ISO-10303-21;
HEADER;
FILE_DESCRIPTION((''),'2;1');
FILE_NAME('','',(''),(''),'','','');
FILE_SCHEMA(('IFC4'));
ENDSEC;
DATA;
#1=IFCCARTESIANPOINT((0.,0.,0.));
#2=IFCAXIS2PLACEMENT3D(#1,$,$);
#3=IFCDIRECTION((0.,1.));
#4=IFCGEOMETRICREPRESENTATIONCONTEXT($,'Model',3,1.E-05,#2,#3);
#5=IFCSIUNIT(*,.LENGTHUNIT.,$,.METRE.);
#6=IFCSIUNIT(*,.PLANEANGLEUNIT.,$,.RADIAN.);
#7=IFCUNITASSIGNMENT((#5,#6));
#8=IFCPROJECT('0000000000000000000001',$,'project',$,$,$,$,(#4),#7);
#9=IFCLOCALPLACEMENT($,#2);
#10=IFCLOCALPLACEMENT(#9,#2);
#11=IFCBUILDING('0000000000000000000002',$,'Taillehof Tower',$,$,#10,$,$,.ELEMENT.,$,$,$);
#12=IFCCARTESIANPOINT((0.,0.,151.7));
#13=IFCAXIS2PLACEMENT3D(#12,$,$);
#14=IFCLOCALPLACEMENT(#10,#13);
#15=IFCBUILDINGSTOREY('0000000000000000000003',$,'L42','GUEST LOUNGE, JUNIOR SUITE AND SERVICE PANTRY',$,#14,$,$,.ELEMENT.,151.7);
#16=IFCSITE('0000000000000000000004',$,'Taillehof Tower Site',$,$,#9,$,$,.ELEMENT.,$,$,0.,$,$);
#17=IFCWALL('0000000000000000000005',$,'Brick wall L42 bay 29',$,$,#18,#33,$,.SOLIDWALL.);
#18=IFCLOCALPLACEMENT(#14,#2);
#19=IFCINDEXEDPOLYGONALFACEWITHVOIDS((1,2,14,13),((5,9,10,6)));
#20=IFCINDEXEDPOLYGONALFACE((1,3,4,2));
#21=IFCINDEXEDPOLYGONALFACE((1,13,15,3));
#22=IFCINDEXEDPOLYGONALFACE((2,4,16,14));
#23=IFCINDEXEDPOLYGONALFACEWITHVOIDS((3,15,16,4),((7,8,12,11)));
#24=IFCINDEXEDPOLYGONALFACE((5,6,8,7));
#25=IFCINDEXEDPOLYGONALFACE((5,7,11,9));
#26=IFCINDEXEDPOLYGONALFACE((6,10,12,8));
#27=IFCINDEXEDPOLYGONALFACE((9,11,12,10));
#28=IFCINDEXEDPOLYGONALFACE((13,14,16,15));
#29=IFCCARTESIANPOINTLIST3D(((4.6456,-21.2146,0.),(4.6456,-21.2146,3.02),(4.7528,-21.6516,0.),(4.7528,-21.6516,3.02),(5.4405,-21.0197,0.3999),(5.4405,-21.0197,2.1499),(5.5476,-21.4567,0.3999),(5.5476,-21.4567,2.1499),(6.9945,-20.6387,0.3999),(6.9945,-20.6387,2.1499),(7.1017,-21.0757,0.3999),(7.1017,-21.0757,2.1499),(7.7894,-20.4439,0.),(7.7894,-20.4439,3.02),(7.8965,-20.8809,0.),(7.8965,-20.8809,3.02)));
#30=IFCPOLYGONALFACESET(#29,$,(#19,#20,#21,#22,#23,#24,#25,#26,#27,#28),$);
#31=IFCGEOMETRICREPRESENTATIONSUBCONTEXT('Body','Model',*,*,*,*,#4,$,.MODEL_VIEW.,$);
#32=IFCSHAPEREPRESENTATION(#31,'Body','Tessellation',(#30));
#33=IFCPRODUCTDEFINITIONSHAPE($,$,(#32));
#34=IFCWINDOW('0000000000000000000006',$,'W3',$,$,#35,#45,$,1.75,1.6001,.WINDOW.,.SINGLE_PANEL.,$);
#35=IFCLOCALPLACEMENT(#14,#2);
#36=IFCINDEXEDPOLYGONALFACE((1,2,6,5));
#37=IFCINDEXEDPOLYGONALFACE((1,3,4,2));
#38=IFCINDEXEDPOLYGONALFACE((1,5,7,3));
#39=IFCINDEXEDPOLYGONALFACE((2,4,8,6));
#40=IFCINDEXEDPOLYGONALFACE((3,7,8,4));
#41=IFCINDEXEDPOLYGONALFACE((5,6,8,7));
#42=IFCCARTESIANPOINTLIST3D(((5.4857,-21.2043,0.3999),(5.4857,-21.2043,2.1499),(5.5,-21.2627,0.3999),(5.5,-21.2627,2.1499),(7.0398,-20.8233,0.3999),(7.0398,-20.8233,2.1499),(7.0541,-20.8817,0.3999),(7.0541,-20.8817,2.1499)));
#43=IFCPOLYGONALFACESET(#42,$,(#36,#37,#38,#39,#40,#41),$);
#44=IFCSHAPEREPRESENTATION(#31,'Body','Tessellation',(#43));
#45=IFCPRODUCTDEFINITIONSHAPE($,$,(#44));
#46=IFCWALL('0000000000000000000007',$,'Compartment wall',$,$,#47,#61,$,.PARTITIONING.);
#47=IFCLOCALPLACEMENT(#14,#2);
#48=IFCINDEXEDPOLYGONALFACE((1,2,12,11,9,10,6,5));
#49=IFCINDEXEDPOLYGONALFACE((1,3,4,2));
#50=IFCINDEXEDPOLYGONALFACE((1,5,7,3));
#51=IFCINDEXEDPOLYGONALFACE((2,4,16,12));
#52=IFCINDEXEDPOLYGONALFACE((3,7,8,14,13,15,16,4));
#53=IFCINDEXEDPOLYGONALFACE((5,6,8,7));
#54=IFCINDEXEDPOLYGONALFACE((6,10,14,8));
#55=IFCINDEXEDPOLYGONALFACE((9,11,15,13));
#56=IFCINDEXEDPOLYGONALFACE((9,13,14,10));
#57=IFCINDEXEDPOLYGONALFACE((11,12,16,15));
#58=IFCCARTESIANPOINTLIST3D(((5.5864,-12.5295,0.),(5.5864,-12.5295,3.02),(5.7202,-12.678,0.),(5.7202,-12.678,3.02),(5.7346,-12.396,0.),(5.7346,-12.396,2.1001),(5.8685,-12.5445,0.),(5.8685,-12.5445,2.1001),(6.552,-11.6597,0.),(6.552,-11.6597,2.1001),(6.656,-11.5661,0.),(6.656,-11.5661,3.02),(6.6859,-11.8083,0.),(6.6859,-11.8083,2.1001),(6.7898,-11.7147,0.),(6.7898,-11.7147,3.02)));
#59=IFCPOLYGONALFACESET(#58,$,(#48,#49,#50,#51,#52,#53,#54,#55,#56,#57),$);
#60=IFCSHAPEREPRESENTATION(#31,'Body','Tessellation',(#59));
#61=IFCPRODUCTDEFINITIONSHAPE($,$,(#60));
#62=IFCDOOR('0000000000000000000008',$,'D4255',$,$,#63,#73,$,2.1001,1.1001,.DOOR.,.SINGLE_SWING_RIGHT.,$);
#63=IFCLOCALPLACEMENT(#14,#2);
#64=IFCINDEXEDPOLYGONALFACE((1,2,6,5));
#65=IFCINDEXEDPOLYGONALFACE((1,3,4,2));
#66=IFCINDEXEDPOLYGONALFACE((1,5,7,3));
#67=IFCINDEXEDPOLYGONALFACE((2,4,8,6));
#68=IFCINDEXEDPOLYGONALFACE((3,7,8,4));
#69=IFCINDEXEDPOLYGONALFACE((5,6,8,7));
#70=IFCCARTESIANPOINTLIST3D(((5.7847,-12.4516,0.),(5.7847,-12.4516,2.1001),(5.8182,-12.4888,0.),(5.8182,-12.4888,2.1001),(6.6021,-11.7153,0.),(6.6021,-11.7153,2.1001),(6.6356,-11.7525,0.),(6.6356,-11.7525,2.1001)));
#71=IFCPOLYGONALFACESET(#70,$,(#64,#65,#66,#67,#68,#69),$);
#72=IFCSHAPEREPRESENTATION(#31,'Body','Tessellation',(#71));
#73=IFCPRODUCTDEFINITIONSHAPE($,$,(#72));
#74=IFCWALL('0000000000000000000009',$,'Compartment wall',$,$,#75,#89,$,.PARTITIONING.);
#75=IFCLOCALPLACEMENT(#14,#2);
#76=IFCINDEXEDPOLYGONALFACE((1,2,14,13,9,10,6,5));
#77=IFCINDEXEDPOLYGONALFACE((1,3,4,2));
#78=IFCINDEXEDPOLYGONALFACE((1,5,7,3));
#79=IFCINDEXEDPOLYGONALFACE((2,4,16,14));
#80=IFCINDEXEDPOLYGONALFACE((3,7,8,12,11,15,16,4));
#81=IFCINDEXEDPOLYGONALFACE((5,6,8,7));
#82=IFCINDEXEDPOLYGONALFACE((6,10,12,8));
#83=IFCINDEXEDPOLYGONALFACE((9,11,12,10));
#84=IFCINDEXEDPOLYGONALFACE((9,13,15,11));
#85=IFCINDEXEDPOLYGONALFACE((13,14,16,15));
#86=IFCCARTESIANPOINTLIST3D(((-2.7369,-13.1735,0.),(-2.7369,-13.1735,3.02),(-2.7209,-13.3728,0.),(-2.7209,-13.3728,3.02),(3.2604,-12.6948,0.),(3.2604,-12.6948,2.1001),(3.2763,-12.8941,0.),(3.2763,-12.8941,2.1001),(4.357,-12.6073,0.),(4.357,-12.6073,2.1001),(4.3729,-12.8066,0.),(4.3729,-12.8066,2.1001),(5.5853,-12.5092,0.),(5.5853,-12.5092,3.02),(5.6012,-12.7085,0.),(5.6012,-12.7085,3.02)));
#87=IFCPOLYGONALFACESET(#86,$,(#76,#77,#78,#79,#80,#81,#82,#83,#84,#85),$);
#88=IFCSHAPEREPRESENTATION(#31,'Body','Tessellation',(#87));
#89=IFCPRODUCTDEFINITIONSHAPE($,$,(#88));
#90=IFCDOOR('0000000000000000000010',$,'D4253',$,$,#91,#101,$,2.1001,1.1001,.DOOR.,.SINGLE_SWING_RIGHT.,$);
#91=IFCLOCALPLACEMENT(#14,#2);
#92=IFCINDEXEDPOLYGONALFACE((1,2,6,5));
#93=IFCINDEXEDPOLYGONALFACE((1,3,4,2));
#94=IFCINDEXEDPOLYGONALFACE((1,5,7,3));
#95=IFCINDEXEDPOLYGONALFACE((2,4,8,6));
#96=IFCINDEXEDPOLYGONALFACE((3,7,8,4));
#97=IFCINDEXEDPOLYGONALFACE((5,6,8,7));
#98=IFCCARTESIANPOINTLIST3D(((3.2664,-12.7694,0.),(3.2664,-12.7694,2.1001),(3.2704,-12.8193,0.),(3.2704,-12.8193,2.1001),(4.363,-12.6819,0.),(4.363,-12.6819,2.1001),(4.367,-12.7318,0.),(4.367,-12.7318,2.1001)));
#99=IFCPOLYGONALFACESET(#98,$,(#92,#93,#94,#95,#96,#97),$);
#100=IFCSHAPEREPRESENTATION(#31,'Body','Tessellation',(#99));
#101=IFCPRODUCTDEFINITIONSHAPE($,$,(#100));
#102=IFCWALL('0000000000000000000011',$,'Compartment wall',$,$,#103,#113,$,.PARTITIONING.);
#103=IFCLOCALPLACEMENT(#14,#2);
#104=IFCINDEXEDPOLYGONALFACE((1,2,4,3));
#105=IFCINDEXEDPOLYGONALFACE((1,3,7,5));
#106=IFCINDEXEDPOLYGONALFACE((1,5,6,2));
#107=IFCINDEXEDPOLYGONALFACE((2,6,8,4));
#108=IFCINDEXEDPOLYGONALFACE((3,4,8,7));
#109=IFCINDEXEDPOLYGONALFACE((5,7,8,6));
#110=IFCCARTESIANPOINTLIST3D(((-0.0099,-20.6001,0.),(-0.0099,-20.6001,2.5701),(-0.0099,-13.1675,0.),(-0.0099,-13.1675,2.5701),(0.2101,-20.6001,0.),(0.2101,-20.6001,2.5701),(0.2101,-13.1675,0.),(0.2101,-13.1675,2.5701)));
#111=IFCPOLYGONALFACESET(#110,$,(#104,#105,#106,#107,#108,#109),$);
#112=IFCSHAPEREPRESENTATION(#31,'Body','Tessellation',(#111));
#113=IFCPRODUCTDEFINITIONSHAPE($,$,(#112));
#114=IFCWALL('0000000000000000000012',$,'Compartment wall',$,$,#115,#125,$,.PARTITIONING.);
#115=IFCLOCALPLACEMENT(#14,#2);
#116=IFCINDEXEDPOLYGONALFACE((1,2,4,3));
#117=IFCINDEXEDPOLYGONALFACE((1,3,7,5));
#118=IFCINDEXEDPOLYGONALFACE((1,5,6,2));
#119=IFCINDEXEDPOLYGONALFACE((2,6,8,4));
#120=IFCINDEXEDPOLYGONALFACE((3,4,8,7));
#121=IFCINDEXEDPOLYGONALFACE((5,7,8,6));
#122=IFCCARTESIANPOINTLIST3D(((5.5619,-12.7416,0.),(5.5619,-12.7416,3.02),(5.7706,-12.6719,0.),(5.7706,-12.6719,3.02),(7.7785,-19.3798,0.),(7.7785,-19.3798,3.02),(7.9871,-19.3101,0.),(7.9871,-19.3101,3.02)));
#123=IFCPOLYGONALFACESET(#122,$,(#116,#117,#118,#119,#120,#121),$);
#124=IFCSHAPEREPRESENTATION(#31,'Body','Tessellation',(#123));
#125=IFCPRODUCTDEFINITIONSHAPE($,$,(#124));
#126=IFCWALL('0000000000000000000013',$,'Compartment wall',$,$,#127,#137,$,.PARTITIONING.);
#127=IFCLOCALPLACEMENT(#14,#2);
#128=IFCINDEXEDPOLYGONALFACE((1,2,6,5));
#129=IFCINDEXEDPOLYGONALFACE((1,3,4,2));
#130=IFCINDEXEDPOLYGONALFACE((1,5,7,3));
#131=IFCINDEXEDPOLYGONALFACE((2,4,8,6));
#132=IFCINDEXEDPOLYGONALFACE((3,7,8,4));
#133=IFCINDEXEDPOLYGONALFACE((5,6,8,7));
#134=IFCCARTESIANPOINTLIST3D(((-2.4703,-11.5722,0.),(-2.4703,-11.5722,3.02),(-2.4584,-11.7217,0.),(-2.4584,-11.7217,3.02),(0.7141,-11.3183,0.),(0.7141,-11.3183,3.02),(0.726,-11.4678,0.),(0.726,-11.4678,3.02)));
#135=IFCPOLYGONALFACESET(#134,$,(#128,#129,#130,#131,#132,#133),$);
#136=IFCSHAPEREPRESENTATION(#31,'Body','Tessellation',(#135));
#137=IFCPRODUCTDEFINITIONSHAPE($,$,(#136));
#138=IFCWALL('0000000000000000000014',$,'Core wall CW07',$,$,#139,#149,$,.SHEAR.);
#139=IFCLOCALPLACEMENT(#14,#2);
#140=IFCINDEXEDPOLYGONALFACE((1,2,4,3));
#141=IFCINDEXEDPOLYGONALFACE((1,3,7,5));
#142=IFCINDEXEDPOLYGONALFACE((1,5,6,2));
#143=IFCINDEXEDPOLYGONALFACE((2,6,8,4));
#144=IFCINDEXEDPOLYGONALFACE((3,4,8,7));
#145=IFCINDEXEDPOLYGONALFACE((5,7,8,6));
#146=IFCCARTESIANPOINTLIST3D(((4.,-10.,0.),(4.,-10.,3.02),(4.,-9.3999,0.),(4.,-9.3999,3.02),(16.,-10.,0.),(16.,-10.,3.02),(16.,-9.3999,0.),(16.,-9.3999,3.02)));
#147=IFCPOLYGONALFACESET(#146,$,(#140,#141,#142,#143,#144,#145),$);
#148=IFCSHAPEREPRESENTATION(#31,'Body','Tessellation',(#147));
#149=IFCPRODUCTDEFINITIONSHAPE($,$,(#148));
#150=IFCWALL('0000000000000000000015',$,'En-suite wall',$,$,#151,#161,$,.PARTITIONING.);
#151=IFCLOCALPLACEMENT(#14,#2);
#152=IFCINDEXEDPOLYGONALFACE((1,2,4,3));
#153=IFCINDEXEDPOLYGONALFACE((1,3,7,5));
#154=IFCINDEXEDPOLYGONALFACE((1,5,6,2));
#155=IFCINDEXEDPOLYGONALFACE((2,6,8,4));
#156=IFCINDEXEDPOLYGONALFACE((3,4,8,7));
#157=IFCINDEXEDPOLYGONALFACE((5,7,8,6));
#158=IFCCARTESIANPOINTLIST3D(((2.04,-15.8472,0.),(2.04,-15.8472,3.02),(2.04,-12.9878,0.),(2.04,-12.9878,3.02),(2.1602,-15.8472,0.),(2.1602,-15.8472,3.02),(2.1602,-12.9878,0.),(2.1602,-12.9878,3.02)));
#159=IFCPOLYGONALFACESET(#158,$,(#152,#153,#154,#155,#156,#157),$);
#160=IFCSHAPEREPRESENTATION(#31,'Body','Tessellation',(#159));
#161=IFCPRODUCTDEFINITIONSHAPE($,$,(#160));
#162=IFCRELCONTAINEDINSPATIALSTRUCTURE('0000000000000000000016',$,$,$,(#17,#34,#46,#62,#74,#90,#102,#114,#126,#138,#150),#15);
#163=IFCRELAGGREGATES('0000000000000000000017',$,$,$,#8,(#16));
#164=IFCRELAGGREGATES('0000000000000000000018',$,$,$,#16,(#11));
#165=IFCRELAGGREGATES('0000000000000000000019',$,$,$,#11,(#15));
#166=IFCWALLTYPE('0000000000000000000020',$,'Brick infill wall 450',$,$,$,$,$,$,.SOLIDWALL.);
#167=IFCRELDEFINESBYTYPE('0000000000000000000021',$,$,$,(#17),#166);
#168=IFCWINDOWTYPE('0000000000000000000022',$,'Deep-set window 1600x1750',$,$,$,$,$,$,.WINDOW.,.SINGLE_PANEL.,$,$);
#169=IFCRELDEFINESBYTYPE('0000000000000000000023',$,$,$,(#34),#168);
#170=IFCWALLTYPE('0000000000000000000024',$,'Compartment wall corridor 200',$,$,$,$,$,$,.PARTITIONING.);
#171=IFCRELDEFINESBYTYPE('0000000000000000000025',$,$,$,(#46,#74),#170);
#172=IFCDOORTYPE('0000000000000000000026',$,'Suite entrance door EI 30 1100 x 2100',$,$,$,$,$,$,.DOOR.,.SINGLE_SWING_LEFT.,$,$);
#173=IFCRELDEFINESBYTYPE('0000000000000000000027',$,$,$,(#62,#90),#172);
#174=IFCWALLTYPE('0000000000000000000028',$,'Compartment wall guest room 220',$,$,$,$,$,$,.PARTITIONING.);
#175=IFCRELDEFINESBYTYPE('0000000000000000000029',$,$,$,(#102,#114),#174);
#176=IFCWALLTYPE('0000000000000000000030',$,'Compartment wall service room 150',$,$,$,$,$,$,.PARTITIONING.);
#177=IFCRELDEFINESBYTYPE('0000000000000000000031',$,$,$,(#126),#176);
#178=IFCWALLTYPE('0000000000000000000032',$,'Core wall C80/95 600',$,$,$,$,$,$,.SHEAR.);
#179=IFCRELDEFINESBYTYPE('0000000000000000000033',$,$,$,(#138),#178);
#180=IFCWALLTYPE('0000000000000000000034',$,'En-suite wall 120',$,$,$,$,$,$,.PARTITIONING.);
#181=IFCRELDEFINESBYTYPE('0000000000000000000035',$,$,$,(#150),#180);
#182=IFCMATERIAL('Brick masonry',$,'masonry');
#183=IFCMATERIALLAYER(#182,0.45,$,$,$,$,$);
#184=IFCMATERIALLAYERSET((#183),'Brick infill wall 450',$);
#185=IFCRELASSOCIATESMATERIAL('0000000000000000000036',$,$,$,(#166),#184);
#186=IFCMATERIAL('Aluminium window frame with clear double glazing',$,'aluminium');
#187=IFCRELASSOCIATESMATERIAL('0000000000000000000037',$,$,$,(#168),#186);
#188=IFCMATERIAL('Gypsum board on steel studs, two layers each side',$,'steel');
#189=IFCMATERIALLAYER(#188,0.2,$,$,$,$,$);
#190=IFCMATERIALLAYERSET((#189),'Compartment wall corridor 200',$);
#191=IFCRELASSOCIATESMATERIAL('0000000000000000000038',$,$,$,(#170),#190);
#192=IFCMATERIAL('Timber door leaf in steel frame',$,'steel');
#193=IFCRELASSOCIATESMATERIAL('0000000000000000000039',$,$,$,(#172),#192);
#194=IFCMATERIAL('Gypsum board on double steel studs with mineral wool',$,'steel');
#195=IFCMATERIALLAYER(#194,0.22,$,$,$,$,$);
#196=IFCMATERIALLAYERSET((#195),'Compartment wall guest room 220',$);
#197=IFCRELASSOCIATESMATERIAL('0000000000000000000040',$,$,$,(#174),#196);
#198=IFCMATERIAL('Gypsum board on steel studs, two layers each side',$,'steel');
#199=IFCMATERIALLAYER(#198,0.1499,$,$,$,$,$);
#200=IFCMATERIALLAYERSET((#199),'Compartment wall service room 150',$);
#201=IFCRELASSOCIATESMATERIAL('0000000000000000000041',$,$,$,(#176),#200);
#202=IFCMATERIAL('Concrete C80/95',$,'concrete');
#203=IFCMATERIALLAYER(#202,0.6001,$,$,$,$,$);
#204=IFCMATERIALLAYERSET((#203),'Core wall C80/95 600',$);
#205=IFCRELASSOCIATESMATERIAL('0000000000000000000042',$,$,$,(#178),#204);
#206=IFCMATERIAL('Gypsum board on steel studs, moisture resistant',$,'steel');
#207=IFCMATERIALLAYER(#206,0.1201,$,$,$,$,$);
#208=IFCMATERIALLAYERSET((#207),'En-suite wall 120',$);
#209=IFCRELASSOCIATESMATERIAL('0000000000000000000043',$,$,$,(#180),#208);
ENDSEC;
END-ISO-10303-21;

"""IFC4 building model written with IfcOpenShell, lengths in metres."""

from ifc_helpers import new_model, si_unit, direction, frame, frame_2d, origin, place, context, subcontext, project, spatial, rectangle, extrude, material, layer, layer_set, type_object, element, fill, save


model = new_model("IFC4")

# Units and contexts
model_context = context("Model", 3, precision=1e-05, world=origin(), true_north=direction((0.0, 1.0)))
body_context = subcontext(model_context, "Body", "Model", "MODEL_VIEW")
ifc_project = project(units=[si_unit("LENGTHUNIT", "METRE"), si_unit("PLANEANGLEUNIT", "RADIAN")], contexts=[model_context])

# Site, building, storey
site_placement = place(None, origin())
site = spatial("IfcSite", under=ifc_project, at=site_placement, Name="Taillehof Tower Site", CompositionType="ELEMENT", RefElevation=0.0)
building_placement = place(site_placement, origin())
building = spatial("IfcBuilding", under=site, at=building_placement, Name="Taillehof Tower", CompositionType="ELEMENT")
storey_placement = place(building_placement, frame((0.0, 0.0, 151.7)))
storey = spatial("IfcBuildingStorey", under=building, at=storey_placement, Name="L42", Description="GUEST LOUNGE, JUNIOR SUITE AND SERVICE PANTRY", CompositionType="ELEMENT", Elevation=151.7)

# Wall, opening, window
ifc_material_1 = material(Name="Brick masonry", Category="masonry")
ifc_layer_1 = layer(ifc_material_1, 0.45)
ifc_layer_set_1 = layer_set([ifc_layer_1], Name="Brick infill wall 450")
wall_type_1 = type_object("IfcWallType", Name="Brick infill wall 450", PredefinedType="SOLIDWALL", material=ifc_layer_set_1)
ifc_material_2 = material(Name="Aluminium window frame with clear double glazing", Category="aluminium")
window_type = type_object("IfcWindowType", Name="Deep-set window 1600x1750", PartitioningType="SINGLE_PANEL", PredefinedType="WINDOW", material=ifc_material_2)
wall_1_placement = place(storey_placement, frame((4.6992, -21.4331, 0.0), z_axis=(0.0, 0.0, 1.0), x_axis=(0.971237, 0.238114, 0.0)))
wall_1 = element("IfcWall", 1, at=wall_1_placement, inside=storey, type_object=wall_type_1, Name="Brick wall L42 bay 29", PredefinedType="SOLIDWALL", context=body_context, shape_type="SweptSolid", body=[
    extrude(rectangle(XDim=3.2368, YDim=0.45, at=frame_2d((1.6184, 0.0))), origin(), (0.0, 0.0, 1.0), 3.02),
])
opening_1_placement = place(wall_1_placement, frame((0.8184, 0.0, 0.3999)))
opening_1 = element("IfcOpeningElement", 2, at=opening_1_placement, cuts=wall_1, PredefinedType="OPENING", context=body_context, shape_type="SweptSolid", body=[
    extrude(rectangle(XDim=1.6001, YDim=1.75, at=frame_2d((0.8, 0.875))), frame((0.0, 0.2349, 0.0), z_axis=(0.0, -1.0, 0.0), x_axis=(1.0, 0.0, 0.0)), (0.0, 0.0, 1.0), 0.47),
])
window_1_placement = place(opening_1_placement, origin())
window_1 = element("IfcWindow", 3, at=window_1_placement, inside=storey, type_object=window_type, Name="W3", OverallHeight=1.75, OverallWidth=1.6001, PartitioningType="SINGLE_PANEL", PredefinedType="WINDOW", context=body_context, shape_type="SweptSolid", body=[
    extrude(rectangle(XDim=1.6001, YDim=1.75, at=frame_2d((0.8, 0.875))), frame((0.0, 0.0349, 0.0), z_axis=(0.0, -1.0, 0.0), x_axis=(1.0, 0.0, 0.0)), (0.0, 0.0, 1.0), 0.0601),
])
fill(opening_1, window_1)

# Walls, openings, doors
ifc_material_3 = material(Name="Gypsum board on steel studs, two layers each side", Category="steel")
ifc_layer_2 = layer(ifc_material_3, 0.2)
ifc_layer_set_2 = layer_set([ifc_layer_2], Name="Compartment wall corridor 200")
wall_type_2 = type_object("IfcWallType", Name="Compartment wall corridor 200", PredefinedType="PARTITIONING", material=ifc_layer_set_2)
wall_2_placement = place(storey_placement, frame((6.7229, -11.6404, 0.0), z_axis=(0.0, 0.0, 1.0), x_axis=(-0.743033, -0.669255, 0.0)))
wall_2 = element("IfcWall", 4, at=wall_2_placement, inside=storey, type_object=wall_type_2, Name="Compartment wall", PredefinedType="PARTITIONING", context=body_context, shape_type="SweptSolid", body=[
    extrude(rectangle(XDim=1.4395, YDim=0.2, at=frame_2d((0.7197, 0.0))), origin(), (0.0, 0.0, 1.0), 3.02),
])
opening_2_placement = place(wall_2_placement, frame((0.1399, 0.0, 0.0)))
opening_2 = element("IfcOpeningElement", 5, at=opening_2_placement, cuts=wall_2, PredefinedType="OPENING", context=body_context, shape_type="SweptSolid", body=[
    extrude(rectangle(XDim=1.1001, YDim=2.1001, at=frame_2d((0.55, 1.05))), frame((0.0, 0.1099, 0.0), z_axis=(0.0, -1.0, 0.0), x_axis=(1.0, 0.0, 0.0)), (0.0, 0.0, 1.0), 0.22),
])
ifc_material_4 = material(Name="Timber door leaf in steel frame", Category="steel")
door_type_1 = type_object("IfcDoorType", Name="Suite entrance door EI 30 1100 x 2100", OperationType="SINGLE_SWING_LEFT", PredefinedType="DOOR", material=ifc_material_4)
door_1_placement = place(opening_2_placement, origin())
door_1 = element("IfcDoor", 6, at=door_1_placement, inside=storey, type_object=door_type_1, Name="D4255", OperationType="SINGLE_SWING_RIGHT", OverallHeight=2.1001, OverallWidth=1.1001, PredefinedType="DOOR", context=body_context, shape_type="SweptSolid", body=[
    extrude(rectangle(XDim=1.1001, YDim=2.1001, at=frame_2d((0.55, 1.05))), frame((0.0, 0.0249, 0.0), z_axis=(0.0, -1.0, 0.0), x_axis=(1.0, 0.0, 0.0)), (0.0, 0.0, 1.0), 0.05),
])
fill(opening_2, door_1)
wall_3_placement = place(storey_placement, frame((5.5933, -12.6089, 0.0), z_axis=(0.0, 0.0, 1.0), x_axis=(-0.996829, -0.07957, 0.0)))
wall_3 = element("IfcWall", 7, at=wall_3_placement, inside=storey, type_object=wall_type_2, Name="Compartment wall", PredefinedType="PARTITIONING", context=body_context, shape_type="SweptSolid", body=[
    extrude(rectangle(XDim=8.3486, YDim=0.2, at=frame_2d((4.1743, 0.0))), origin(), (0.0, 0.0, 1.0), 3.02),
])
opening_3_placement = place(wall_3_placement, frame((1.2322, 0.0, 0.0)))
opening_3 = element("IfcOpeningElement", 8, at=opening_3_placement, cuts=wall_3, PredefinedType="OPENING", context=body_context, shape_type="SweptSolid", body=[
    extrude(rectangle(XDim=1.1001, YDim=2.1001, at=frame_2d((0.55, 1.05))), frame((0.0, 0.1099, 0.0), z_axis=(0.0, -1.0, 0.0), x_axis=(1.0, 0.0, 0.0)), (0.0, 0.0, 1.0), 0.22),
])
door_2_placement = place(opening_3_placement, origin())
door_2 = element("IfcDoor", 9, at=door_2_placement, inside=storey, type_object=door_type_1, Name="D4253", OperationType="SINGLE_SWING_RIGHT", OverallHeight=2.1001, OverallWidth=1.1001, PredefinedType="DOOR", context=body_context, shape_type="SweptSolid", body=[
    extrude(rectangle(XDim=1.1001, YDim=2.1001, at=frame_2d((0.55, 1.05))), frame((0.0, 0.0249, 0.0), z_axis=(0.0, -1.0, 0.0), x_axis=(1.0, 0.0, 0.0)), (0.0, 0.0, 1.0), 0.05),
])
fill(opening_3, door_2)

# Walls
ifc_material_5 = material(Name="Gypsum board on double steel studs with mineral wool", Category="steel")
ifc_layer_3 = layer(ifc_material_5, 0.22)
ifc_layer_set_3 = layer_set([ifc_layer_3], Name="Compartment wall guest room 220")
wall_type_3 = type_object("IfcWallType", Name="Compartment wall guest room 220", PredefinedType="PARTITIONING", material=ifc_layer_set_3)
wall_4_placement = place(storey_placement, frame((0.1001, -20.6001, 0.0), z_axis=(0.0, 0.0, 1.0), x_axis=(0.0, 1.0, 0.0)))
element("IfcWall", 10, at=wall_4_placement, inside=storey, type_object=wall_type_3, Name="Compartment wall", PredefinedType="PARTITIONING", context=body_context, shape_type="SweptSolid", body=[
    extrude(rectangle(XDim=7.4326, YDim=0.22, at=frame_2d((3.7163, 0.0))), origin(), (0.0, 0.0, 1.0), 2.5701),
])
wall_5_placement = place(storey_placement, frame((7.8828, -19.345, 0.0), z_axis=(0.0, 0.0, 1.0), x_axis=(-0.31672, 0.948519, 0.0)))
element("IfcWall", 11, at=wall_5_placement, inside=storey, type_object=wall_type_3, Name="Compartment wall", PredefinedType="PARTITIONING", context=body_context, shape_type="SweptSolid", body=[
    extrude(rectangle(XDim=6.9985, YDim=0.22, at=frame_2d((3.4993, 0.0))), origin(), (0.0, 0.0, 1.0), 3.02),
])
ifc_material_6 = material(Name="Gypsum board on steel studs, two layers each side", Category="steel")
ifc_layer_4 = layer(ifc_material_6, 0.1499)
ifc_layer_set_4 = layer_set([ifc_layer_4], Name="Compartment wall service room 150")
wall_type_4 = type_object("IfcWallType", Name="Compartment wall service room 150", PredefinedType="PARTITIONING", material=ifc_layer_set_4)
wall_6_placement = place(storey_placement, frame((0.72, -11.3931, 0.0), z_axis=(0.0, 0.0, 1.0), x_axis=(-0.996837, -0.079478, 0.0)))
element("IfcWall", 12, at=wall_6_placement, inside=storey, type_object=wall_type_4, Name="Compartment wall", PredefinedType="PARTITIONING", context=body_context, shape_type="SweptSolid", body=[
    extrude(rectangle(XDim=3.1946, YDim=0.1499, at=frame_2d((1.5972, 0.0))), origin(), (0.0, 0.0, 1.0), 3.02),
])
ifc_material_7 = material(Name="Concrete C80/95", Category="concrete")
ifc_layer_5 = layer(ifc_material_7, 0.6001)
ifc_layer_set_5 = layer_set([ifc_layer_5], Name="Core wall C80/95 600")
wall_type_5 = type_object("IfcWallType", Name="Core wall C80/95 600", PredefinedType="SHEAR", material=ifc_layer_set_5)
wall_7_placement = place(storey_placement, frame((4.0, -9.7, 0.0), z_axis=(0.0, 0.0, 1.0), x_axis=(1.0, 0.0, 0.0)))
element("IfcWall", 13, at=wall_7_placement, inside=storey, type_object=wall_type_5, Name="Core wall CW07", PredefinedType="SHEAR", context=body_context, shape_type="SweptSolid", body=[
    extrude(rectangle(XDim=12.0, YDim=0.6001, at=frame_2d((6.0, 0.0))), origin(), (0.0, 0.0, 1.0), 3.02),
])
ifc_material_8 = material(Name="Gypsum board on steel studs, moisture resistant", Category="steel")
ifc_layer_6 = layer(ifc_material_8, 0.1201)
ifc_layer_set_6 = layer_set([ifc_layer_6], Name="En-suite wall 120")
wall_type_6 = type_object("IfcWallType", Name="En-suite wall 120", PredefinedType="PARTITIONING", material=ifc_layer_set_6)
wall_8_placement = place(storey_placement, frame((2.1001, -12.9878, 0.0), z_axis=(0.0, 0.0, 1.0), x_axis=(0.0, -1.0, 0.0)))
element("IfcWall", 14, at=wall_8_placement, inside=storey, type_object=wall_type_6, Name="En-suite wall", PredefinedType="PARTITIONING", context=body_context, shape_type="SweptSolid", body=[
    extrude(rectangle(XDim=2.8594, YDim=0.1201, at=frame_2d((1.4297, 0.0))), origin(), (0.0, 0.0, 1.0), 3.02),
])

save(model, "model.ifc")
